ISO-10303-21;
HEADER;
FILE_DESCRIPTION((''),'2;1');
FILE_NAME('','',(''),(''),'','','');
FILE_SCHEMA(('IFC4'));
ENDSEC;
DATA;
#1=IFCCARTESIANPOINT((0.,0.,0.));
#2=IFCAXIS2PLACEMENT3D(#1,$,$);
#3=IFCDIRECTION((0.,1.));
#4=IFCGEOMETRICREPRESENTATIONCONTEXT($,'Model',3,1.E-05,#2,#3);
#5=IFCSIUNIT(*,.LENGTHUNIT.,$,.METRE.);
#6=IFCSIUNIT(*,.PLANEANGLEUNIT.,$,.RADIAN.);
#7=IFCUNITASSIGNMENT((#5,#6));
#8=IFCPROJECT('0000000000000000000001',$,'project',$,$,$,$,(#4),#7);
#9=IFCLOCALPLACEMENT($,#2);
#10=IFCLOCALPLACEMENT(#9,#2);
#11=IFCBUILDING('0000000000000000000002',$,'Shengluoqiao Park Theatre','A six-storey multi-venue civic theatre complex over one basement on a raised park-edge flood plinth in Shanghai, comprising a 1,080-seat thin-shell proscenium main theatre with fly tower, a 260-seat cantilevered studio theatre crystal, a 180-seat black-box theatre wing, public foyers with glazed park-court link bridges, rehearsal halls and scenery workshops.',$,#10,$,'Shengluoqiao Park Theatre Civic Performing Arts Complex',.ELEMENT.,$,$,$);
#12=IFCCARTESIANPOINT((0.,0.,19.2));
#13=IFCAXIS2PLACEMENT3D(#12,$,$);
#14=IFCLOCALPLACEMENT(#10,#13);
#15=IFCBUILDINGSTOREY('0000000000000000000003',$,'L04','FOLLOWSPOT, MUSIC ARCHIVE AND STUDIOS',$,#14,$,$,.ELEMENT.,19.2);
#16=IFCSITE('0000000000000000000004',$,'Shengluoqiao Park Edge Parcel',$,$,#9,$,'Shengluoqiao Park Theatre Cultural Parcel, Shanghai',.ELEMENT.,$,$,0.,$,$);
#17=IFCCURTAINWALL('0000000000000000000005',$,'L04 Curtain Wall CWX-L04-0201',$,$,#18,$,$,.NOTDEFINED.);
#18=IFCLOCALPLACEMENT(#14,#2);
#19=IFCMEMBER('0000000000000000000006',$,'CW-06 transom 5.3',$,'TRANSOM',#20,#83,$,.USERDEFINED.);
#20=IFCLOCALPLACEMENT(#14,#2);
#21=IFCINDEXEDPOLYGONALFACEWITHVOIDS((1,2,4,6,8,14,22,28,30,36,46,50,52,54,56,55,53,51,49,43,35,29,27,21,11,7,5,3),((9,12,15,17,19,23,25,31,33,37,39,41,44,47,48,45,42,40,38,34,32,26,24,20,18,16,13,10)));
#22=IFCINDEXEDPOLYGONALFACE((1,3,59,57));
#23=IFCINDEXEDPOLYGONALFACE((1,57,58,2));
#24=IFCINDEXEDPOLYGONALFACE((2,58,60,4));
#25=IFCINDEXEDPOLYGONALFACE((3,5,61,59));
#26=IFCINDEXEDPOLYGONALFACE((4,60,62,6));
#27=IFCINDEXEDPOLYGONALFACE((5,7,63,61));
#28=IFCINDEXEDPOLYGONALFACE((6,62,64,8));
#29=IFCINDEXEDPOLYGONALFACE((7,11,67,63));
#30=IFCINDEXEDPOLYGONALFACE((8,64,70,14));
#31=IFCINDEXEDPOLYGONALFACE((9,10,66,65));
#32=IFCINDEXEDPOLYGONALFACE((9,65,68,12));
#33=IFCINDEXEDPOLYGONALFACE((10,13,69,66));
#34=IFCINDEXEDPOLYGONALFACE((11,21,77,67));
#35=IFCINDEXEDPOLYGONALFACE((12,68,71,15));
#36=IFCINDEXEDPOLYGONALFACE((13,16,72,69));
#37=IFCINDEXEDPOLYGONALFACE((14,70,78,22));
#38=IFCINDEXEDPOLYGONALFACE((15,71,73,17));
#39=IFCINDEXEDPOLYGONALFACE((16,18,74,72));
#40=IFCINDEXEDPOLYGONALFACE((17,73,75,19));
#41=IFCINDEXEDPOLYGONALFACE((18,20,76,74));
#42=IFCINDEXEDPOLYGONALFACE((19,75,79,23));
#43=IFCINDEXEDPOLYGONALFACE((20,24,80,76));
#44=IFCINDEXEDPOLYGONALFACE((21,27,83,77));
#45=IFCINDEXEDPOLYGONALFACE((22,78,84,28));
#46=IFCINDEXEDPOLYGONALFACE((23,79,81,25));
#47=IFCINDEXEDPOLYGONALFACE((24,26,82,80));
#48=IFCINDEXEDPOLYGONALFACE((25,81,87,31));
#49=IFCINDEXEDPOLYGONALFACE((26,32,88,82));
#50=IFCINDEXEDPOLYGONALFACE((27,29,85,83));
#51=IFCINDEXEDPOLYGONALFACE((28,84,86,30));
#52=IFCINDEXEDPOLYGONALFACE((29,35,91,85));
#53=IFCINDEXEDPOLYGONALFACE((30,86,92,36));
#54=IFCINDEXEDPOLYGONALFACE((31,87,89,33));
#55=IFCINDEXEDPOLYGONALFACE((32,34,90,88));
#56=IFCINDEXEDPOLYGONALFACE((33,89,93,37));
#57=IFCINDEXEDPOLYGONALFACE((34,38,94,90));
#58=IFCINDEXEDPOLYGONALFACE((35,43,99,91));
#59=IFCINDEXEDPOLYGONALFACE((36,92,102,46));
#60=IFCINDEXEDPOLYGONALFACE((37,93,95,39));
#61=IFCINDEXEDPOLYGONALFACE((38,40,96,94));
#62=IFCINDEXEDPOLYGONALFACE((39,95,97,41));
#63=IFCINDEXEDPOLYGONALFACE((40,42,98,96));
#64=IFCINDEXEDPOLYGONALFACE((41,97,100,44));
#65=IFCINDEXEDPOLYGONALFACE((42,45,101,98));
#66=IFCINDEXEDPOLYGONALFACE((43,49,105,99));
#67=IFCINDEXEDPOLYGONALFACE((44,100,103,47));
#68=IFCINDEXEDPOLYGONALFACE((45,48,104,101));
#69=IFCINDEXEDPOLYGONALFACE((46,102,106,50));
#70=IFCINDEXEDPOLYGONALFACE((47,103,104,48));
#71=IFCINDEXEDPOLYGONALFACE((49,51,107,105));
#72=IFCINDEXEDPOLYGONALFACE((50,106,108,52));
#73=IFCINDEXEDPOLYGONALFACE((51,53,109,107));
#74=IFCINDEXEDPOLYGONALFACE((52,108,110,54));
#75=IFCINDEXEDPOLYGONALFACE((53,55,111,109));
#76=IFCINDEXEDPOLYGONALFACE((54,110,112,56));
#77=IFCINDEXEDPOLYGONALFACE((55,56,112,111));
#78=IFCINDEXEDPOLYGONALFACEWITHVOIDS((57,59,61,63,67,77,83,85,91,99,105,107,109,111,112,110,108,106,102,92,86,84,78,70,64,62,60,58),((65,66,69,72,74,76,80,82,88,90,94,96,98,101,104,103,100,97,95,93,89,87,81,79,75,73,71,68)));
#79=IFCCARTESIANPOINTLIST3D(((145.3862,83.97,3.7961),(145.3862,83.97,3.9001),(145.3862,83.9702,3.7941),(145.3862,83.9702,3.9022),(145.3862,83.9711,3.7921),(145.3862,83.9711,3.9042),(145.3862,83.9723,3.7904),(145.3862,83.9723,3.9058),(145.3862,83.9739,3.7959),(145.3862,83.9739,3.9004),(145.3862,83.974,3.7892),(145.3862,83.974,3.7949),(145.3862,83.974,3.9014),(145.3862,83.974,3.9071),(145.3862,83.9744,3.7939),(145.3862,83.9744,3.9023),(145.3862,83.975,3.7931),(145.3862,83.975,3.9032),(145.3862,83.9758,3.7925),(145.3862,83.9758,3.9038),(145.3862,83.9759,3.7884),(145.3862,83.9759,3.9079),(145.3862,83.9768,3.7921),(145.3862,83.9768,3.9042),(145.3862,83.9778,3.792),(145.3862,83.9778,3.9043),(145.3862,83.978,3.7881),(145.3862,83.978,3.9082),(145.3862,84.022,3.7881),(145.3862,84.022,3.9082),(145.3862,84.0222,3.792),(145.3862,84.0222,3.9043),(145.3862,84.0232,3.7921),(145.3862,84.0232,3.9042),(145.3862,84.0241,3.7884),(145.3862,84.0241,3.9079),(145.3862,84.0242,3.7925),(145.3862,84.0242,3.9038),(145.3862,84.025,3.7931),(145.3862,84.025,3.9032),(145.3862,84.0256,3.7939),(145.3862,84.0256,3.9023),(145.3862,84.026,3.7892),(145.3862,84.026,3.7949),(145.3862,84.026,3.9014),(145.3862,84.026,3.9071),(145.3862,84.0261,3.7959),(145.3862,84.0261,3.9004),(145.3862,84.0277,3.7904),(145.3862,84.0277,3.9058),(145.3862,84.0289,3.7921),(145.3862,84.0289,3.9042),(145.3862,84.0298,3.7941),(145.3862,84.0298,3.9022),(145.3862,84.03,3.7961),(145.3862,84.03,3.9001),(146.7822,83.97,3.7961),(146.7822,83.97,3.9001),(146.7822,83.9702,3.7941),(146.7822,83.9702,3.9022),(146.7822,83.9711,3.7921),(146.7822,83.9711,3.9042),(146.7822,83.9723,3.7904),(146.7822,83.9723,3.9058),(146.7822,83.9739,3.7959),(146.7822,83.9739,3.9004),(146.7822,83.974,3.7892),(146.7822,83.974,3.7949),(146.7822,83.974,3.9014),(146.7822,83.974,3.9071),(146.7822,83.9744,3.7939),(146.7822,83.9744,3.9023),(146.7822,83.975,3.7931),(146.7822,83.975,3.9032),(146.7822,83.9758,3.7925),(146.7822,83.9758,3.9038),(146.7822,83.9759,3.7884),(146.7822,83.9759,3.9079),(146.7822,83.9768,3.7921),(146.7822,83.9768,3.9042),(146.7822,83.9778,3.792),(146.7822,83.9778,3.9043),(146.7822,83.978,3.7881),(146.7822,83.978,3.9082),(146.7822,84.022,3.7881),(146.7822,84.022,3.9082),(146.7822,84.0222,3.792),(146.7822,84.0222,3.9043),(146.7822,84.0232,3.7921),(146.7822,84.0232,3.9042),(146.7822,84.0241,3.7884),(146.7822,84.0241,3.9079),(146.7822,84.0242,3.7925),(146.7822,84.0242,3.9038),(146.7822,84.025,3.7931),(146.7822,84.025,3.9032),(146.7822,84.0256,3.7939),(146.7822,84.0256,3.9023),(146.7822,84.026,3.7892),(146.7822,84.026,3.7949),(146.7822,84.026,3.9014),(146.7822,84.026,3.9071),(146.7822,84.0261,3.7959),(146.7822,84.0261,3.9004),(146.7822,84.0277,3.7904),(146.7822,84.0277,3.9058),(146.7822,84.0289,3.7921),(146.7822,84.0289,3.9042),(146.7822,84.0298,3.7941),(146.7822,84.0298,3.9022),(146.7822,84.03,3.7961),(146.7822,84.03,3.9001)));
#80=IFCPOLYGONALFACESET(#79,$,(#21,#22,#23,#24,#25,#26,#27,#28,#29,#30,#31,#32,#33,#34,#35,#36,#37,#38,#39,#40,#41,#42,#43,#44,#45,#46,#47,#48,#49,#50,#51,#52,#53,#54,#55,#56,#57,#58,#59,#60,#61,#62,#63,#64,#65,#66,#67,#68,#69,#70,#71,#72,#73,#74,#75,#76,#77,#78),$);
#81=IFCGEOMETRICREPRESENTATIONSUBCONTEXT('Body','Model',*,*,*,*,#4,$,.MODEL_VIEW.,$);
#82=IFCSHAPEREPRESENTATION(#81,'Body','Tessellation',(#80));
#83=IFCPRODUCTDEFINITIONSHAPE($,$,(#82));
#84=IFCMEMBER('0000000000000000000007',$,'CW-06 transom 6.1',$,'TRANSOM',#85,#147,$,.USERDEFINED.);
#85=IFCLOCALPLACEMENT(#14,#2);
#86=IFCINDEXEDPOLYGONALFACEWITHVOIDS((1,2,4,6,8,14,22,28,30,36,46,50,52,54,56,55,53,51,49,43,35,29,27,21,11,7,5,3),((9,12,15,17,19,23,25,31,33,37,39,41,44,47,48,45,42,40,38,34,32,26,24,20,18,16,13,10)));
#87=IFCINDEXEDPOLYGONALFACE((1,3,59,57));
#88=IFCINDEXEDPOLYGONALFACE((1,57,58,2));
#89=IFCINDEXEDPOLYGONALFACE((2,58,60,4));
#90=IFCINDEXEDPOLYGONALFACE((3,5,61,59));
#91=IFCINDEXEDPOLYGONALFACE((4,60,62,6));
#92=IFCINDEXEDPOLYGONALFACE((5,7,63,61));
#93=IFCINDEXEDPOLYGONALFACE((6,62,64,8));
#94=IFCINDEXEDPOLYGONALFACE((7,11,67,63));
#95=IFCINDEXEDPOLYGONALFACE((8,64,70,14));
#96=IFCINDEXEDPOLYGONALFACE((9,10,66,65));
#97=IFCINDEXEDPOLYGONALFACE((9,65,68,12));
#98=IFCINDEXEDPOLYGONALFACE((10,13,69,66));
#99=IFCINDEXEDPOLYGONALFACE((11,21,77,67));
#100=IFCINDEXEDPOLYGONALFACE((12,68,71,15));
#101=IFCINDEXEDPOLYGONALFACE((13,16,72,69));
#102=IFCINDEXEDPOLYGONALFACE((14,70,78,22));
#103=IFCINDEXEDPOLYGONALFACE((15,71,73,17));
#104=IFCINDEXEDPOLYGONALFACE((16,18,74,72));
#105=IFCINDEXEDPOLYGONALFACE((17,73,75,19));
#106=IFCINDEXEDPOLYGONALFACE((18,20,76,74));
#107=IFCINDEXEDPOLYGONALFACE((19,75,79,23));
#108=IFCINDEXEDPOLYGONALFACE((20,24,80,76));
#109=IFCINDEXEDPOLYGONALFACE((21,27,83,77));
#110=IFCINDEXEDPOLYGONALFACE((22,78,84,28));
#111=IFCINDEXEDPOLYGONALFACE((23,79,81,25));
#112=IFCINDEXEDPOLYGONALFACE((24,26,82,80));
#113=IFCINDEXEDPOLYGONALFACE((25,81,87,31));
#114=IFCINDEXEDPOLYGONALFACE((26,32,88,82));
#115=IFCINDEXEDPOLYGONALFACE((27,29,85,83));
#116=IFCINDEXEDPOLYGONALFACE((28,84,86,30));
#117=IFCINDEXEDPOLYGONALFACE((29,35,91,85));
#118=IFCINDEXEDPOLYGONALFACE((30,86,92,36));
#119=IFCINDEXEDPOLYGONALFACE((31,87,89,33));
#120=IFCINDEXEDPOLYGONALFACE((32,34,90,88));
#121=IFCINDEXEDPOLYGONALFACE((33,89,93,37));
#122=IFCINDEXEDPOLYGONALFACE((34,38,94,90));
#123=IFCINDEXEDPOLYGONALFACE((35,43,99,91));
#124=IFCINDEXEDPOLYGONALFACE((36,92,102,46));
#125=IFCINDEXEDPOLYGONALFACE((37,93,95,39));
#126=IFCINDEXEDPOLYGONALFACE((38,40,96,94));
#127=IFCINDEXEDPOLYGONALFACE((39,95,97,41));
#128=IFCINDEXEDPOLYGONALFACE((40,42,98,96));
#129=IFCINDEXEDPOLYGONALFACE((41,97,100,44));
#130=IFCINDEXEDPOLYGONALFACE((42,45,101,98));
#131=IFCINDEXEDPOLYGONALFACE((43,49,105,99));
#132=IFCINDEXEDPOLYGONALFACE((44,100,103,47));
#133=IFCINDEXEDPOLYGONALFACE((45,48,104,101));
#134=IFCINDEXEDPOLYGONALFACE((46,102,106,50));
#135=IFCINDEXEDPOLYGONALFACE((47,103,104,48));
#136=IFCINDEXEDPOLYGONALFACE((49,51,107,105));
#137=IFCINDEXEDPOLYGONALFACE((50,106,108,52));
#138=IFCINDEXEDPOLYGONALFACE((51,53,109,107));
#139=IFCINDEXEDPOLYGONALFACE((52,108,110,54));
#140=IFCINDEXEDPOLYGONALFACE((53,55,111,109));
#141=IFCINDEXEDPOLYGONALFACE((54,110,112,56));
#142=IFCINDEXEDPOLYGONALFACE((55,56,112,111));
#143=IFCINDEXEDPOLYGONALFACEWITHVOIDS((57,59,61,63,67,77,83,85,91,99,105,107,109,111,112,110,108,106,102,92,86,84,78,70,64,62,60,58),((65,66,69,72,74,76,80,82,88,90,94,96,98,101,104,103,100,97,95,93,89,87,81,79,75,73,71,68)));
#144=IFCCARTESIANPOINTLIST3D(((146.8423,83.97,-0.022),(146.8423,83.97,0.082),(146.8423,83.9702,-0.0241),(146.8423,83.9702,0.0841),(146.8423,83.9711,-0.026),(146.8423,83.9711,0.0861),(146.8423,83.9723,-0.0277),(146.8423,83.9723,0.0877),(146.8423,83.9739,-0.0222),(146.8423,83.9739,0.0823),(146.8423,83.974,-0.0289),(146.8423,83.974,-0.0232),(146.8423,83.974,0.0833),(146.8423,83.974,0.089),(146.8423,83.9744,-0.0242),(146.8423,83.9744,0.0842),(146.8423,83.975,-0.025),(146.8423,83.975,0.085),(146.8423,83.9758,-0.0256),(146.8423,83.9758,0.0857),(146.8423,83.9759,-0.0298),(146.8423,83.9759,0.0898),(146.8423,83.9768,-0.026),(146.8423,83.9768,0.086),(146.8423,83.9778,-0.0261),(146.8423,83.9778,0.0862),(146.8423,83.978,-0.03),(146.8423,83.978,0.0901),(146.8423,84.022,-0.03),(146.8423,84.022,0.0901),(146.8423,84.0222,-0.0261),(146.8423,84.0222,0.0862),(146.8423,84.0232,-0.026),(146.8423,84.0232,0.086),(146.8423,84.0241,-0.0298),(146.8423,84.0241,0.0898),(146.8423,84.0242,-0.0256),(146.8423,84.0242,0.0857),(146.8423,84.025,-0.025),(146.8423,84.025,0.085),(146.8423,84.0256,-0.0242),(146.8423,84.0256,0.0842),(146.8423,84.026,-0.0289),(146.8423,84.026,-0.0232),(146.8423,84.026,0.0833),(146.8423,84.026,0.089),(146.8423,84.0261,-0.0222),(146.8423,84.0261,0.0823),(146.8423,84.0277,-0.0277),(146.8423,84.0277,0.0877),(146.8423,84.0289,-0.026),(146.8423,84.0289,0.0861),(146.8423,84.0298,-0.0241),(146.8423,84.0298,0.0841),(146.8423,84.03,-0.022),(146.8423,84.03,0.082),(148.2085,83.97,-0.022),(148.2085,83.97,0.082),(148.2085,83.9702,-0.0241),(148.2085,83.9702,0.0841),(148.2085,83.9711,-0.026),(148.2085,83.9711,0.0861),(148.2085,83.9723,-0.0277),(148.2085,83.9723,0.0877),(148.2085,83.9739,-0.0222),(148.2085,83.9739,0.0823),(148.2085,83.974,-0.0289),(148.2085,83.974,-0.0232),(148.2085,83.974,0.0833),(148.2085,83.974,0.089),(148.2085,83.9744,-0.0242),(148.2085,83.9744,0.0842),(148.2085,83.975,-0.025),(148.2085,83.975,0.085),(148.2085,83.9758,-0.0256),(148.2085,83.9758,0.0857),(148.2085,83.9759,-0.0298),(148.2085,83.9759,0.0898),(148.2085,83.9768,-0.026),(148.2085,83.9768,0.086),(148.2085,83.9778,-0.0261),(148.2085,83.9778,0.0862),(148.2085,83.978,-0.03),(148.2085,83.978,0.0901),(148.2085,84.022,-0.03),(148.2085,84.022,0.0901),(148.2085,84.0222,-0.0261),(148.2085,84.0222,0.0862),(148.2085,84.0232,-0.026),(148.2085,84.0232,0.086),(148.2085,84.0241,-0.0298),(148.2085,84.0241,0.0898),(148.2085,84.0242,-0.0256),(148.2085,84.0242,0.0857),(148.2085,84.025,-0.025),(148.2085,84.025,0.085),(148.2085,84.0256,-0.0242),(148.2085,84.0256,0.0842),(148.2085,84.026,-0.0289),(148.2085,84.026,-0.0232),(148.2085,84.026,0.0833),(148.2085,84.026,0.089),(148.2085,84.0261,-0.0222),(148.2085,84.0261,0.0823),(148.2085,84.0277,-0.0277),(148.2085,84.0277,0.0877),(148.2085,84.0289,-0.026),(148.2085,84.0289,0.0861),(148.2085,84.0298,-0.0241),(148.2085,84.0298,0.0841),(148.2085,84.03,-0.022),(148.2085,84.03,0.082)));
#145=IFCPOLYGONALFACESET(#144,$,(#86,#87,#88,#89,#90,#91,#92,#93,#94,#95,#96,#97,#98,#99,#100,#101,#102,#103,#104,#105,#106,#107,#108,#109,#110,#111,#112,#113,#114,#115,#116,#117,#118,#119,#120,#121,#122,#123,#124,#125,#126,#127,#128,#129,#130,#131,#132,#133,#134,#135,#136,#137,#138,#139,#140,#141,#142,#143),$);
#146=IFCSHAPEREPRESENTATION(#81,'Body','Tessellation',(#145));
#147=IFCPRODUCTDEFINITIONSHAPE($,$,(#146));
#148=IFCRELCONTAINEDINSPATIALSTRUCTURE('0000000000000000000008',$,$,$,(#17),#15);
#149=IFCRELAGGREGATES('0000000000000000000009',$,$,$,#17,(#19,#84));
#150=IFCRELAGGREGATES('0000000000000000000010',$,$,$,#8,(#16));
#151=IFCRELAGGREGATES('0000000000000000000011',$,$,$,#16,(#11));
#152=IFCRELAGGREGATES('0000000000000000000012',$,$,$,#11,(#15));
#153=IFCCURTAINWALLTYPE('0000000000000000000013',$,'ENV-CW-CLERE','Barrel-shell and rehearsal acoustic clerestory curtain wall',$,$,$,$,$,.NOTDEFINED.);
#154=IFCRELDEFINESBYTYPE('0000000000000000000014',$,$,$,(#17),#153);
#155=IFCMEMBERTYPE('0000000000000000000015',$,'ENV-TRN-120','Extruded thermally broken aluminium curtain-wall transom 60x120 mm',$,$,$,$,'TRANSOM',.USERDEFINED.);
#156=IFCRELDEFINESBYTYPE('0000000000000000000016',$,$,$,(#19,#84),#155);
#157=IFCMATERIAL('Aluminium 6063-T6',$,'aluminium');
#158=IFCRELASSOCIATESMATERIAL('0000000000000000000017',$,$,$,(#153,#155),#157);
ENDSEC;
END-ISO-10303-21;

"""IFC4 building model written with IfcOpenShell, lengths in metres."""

from ifc_helpers import new_model, si_unit, direction, frame, origin, origin_2d, place, context, subcontext, project, spatial, hollow_rectangle, extrude, material, material_profile, profile_set, type_object, element, aggregate, save


model = new_model("IFC4")

# Units and contexts
model_context = context("Model", 3, precision=1e-05, world=origin(), true_north=direction((0.0, 1.0)))
body_context = subcontext(model_context, "Body", "Model", "MODEL_VIEW")
ifc_project = project(units=[si_unit("LENGTHUNIT", "METRE"), si_unit("PLANEANGLEUNIT", "RADIAN")], contexts=[model_context])

# Site, building, storey
site_placement = place(None, origin())
site = spatial("IfcSite", under=ifc_project, at=site_placement, Name="Shengluoqiao Park Edge Parcel", LongName="Shengluoqiao Park Theatre Cultural Parcel, Shanghai", CompositionType="ELEMENT", RefElevation=0.0)
building_placement = place(site_placement, origin())
building = spatial("IfcBuilding", under=site, at=building_placement, Name="Shengluoqiao Park Theatre", Description="A six-storey multi-venue civic theatre complex over one basement on a raised park-edge flood plinth in Shanghai, comprising a 1,080-seat thin-shell proscenium main theatre with fly tower, a 260-seat cantilevered studio theatre crystal, a 180-seat black-box theatre wing, public foyers with glazed park-court link bridges, rehearsal halls and scenery workshops.", LongName="Shengluoqiao Park Theatre Civic Performing Arts Complex", CompositionType="ELEMENT")
storey_placement = place(building_placement, frame((0.0, 0.0, 19.2)))
storey = spatial("IfcBuildingStorey", under=building, at=storey_placement, Name="L04", Description="FOLLOWSPOT, MUSIC ARCHIVE AND STUDIOS", CompositionType="ELEMENT", Elevation=19.2)

# Curtain wall, members
ifc_material_1 = material(Name="Aluminium 6063-T6", Category="aluminium")
curtain_wall_type = type_object("IfcCurtainWallType", Name="ENV-CW-CLERE", Description="Barrel-shell and rehearsal acoustic clerestory curtain wall", PredefinedType="NOTDEFINED", material=ifc_material_1)
curtain_wall_placement = place(storey_placement, origin())
curtain_wall = element("IfcCurtainWall", 1, at=curtain_wall_placement, inside=storey, type_object=curtain_wall_type, Name="L04 Curtain Wall CWX-L04-0201", PredefinedType="NOTDEFINED")
ifc_material_profile_1 = material_profile(ifc_material_1, hollow_rectangle(XDim=0.0601, YDim=0.1201, WallThickness=0.0039, InnerFilletRadius=0.0039, OuterFilletRadius=0.0081, at=origin_2d()), Name="ALU TRANSOM 120x60x4")
ifc_profile_set_1 = profile_set([ifc_material_profile_1], Name="Aluminium 6063-T6")
member_type_1 = type_object("IfcMemberType", Name="ENV-TRN-120", Description="Extruded thermally broken aluminium curtain-wall transom 60x120 mm", ElementType="TRANSOM", PredefinedType="USERDEFINED", material=ifc_profile_set_1)
member_1_placement = place(storey_placement, frame((145.3862, 84.0, 3.8481), z_axis=(1.0, 0.0, 0.0), x_axis=(0.0, 1.0, 0.0)))
member_1 = element("IfcMember", 2, at=member_1_placement, type_object=member_type_1, Name="CW-06 transom 5.3", ObjectType="TRANSOM", PredefinedType="USERDEFINED", context=body_context, shape_type="SweptSolid", body=[
    extrude(hollow_rectangle(XDim=0.0601, YDim=0.1201, WallThickness=0.0039, InnerFilletRadius=0.0039, OuterFilletRadius=0.0081, at=origin_2d()), origin(), (0.0, 0.0, 1.0), 1.396),
])
member_2_placement = place(storey_placement, frame((146.8423, 84.0, 0.03), z_axis=(1.0, 0.0, 0.0), x_axis=(0.0, 1.0, 0.0)))
member_2 = element("IfcMember", 3, at=member_2_placement, type_object=member_type_1, Name="CW-06 transom 6.1", ObjectType="TRANSOM", PredefinedType="USERDEFINED", context=body_context, shape_type="SweptSolid", body=[
    extrude(hollow_rectangle(XDim=0.0601, YDim=0.1201, WallThickness=0.0039, InnerFilletRadius=0.0039, OuterFilletRadius=0.0081, at=origin_2d()), origin(), (0.0, 0.0, 1.0), 1.3662),
])

aggregate(curtain_wall, [member_1, member_2])

save(model, "model.ifc")
